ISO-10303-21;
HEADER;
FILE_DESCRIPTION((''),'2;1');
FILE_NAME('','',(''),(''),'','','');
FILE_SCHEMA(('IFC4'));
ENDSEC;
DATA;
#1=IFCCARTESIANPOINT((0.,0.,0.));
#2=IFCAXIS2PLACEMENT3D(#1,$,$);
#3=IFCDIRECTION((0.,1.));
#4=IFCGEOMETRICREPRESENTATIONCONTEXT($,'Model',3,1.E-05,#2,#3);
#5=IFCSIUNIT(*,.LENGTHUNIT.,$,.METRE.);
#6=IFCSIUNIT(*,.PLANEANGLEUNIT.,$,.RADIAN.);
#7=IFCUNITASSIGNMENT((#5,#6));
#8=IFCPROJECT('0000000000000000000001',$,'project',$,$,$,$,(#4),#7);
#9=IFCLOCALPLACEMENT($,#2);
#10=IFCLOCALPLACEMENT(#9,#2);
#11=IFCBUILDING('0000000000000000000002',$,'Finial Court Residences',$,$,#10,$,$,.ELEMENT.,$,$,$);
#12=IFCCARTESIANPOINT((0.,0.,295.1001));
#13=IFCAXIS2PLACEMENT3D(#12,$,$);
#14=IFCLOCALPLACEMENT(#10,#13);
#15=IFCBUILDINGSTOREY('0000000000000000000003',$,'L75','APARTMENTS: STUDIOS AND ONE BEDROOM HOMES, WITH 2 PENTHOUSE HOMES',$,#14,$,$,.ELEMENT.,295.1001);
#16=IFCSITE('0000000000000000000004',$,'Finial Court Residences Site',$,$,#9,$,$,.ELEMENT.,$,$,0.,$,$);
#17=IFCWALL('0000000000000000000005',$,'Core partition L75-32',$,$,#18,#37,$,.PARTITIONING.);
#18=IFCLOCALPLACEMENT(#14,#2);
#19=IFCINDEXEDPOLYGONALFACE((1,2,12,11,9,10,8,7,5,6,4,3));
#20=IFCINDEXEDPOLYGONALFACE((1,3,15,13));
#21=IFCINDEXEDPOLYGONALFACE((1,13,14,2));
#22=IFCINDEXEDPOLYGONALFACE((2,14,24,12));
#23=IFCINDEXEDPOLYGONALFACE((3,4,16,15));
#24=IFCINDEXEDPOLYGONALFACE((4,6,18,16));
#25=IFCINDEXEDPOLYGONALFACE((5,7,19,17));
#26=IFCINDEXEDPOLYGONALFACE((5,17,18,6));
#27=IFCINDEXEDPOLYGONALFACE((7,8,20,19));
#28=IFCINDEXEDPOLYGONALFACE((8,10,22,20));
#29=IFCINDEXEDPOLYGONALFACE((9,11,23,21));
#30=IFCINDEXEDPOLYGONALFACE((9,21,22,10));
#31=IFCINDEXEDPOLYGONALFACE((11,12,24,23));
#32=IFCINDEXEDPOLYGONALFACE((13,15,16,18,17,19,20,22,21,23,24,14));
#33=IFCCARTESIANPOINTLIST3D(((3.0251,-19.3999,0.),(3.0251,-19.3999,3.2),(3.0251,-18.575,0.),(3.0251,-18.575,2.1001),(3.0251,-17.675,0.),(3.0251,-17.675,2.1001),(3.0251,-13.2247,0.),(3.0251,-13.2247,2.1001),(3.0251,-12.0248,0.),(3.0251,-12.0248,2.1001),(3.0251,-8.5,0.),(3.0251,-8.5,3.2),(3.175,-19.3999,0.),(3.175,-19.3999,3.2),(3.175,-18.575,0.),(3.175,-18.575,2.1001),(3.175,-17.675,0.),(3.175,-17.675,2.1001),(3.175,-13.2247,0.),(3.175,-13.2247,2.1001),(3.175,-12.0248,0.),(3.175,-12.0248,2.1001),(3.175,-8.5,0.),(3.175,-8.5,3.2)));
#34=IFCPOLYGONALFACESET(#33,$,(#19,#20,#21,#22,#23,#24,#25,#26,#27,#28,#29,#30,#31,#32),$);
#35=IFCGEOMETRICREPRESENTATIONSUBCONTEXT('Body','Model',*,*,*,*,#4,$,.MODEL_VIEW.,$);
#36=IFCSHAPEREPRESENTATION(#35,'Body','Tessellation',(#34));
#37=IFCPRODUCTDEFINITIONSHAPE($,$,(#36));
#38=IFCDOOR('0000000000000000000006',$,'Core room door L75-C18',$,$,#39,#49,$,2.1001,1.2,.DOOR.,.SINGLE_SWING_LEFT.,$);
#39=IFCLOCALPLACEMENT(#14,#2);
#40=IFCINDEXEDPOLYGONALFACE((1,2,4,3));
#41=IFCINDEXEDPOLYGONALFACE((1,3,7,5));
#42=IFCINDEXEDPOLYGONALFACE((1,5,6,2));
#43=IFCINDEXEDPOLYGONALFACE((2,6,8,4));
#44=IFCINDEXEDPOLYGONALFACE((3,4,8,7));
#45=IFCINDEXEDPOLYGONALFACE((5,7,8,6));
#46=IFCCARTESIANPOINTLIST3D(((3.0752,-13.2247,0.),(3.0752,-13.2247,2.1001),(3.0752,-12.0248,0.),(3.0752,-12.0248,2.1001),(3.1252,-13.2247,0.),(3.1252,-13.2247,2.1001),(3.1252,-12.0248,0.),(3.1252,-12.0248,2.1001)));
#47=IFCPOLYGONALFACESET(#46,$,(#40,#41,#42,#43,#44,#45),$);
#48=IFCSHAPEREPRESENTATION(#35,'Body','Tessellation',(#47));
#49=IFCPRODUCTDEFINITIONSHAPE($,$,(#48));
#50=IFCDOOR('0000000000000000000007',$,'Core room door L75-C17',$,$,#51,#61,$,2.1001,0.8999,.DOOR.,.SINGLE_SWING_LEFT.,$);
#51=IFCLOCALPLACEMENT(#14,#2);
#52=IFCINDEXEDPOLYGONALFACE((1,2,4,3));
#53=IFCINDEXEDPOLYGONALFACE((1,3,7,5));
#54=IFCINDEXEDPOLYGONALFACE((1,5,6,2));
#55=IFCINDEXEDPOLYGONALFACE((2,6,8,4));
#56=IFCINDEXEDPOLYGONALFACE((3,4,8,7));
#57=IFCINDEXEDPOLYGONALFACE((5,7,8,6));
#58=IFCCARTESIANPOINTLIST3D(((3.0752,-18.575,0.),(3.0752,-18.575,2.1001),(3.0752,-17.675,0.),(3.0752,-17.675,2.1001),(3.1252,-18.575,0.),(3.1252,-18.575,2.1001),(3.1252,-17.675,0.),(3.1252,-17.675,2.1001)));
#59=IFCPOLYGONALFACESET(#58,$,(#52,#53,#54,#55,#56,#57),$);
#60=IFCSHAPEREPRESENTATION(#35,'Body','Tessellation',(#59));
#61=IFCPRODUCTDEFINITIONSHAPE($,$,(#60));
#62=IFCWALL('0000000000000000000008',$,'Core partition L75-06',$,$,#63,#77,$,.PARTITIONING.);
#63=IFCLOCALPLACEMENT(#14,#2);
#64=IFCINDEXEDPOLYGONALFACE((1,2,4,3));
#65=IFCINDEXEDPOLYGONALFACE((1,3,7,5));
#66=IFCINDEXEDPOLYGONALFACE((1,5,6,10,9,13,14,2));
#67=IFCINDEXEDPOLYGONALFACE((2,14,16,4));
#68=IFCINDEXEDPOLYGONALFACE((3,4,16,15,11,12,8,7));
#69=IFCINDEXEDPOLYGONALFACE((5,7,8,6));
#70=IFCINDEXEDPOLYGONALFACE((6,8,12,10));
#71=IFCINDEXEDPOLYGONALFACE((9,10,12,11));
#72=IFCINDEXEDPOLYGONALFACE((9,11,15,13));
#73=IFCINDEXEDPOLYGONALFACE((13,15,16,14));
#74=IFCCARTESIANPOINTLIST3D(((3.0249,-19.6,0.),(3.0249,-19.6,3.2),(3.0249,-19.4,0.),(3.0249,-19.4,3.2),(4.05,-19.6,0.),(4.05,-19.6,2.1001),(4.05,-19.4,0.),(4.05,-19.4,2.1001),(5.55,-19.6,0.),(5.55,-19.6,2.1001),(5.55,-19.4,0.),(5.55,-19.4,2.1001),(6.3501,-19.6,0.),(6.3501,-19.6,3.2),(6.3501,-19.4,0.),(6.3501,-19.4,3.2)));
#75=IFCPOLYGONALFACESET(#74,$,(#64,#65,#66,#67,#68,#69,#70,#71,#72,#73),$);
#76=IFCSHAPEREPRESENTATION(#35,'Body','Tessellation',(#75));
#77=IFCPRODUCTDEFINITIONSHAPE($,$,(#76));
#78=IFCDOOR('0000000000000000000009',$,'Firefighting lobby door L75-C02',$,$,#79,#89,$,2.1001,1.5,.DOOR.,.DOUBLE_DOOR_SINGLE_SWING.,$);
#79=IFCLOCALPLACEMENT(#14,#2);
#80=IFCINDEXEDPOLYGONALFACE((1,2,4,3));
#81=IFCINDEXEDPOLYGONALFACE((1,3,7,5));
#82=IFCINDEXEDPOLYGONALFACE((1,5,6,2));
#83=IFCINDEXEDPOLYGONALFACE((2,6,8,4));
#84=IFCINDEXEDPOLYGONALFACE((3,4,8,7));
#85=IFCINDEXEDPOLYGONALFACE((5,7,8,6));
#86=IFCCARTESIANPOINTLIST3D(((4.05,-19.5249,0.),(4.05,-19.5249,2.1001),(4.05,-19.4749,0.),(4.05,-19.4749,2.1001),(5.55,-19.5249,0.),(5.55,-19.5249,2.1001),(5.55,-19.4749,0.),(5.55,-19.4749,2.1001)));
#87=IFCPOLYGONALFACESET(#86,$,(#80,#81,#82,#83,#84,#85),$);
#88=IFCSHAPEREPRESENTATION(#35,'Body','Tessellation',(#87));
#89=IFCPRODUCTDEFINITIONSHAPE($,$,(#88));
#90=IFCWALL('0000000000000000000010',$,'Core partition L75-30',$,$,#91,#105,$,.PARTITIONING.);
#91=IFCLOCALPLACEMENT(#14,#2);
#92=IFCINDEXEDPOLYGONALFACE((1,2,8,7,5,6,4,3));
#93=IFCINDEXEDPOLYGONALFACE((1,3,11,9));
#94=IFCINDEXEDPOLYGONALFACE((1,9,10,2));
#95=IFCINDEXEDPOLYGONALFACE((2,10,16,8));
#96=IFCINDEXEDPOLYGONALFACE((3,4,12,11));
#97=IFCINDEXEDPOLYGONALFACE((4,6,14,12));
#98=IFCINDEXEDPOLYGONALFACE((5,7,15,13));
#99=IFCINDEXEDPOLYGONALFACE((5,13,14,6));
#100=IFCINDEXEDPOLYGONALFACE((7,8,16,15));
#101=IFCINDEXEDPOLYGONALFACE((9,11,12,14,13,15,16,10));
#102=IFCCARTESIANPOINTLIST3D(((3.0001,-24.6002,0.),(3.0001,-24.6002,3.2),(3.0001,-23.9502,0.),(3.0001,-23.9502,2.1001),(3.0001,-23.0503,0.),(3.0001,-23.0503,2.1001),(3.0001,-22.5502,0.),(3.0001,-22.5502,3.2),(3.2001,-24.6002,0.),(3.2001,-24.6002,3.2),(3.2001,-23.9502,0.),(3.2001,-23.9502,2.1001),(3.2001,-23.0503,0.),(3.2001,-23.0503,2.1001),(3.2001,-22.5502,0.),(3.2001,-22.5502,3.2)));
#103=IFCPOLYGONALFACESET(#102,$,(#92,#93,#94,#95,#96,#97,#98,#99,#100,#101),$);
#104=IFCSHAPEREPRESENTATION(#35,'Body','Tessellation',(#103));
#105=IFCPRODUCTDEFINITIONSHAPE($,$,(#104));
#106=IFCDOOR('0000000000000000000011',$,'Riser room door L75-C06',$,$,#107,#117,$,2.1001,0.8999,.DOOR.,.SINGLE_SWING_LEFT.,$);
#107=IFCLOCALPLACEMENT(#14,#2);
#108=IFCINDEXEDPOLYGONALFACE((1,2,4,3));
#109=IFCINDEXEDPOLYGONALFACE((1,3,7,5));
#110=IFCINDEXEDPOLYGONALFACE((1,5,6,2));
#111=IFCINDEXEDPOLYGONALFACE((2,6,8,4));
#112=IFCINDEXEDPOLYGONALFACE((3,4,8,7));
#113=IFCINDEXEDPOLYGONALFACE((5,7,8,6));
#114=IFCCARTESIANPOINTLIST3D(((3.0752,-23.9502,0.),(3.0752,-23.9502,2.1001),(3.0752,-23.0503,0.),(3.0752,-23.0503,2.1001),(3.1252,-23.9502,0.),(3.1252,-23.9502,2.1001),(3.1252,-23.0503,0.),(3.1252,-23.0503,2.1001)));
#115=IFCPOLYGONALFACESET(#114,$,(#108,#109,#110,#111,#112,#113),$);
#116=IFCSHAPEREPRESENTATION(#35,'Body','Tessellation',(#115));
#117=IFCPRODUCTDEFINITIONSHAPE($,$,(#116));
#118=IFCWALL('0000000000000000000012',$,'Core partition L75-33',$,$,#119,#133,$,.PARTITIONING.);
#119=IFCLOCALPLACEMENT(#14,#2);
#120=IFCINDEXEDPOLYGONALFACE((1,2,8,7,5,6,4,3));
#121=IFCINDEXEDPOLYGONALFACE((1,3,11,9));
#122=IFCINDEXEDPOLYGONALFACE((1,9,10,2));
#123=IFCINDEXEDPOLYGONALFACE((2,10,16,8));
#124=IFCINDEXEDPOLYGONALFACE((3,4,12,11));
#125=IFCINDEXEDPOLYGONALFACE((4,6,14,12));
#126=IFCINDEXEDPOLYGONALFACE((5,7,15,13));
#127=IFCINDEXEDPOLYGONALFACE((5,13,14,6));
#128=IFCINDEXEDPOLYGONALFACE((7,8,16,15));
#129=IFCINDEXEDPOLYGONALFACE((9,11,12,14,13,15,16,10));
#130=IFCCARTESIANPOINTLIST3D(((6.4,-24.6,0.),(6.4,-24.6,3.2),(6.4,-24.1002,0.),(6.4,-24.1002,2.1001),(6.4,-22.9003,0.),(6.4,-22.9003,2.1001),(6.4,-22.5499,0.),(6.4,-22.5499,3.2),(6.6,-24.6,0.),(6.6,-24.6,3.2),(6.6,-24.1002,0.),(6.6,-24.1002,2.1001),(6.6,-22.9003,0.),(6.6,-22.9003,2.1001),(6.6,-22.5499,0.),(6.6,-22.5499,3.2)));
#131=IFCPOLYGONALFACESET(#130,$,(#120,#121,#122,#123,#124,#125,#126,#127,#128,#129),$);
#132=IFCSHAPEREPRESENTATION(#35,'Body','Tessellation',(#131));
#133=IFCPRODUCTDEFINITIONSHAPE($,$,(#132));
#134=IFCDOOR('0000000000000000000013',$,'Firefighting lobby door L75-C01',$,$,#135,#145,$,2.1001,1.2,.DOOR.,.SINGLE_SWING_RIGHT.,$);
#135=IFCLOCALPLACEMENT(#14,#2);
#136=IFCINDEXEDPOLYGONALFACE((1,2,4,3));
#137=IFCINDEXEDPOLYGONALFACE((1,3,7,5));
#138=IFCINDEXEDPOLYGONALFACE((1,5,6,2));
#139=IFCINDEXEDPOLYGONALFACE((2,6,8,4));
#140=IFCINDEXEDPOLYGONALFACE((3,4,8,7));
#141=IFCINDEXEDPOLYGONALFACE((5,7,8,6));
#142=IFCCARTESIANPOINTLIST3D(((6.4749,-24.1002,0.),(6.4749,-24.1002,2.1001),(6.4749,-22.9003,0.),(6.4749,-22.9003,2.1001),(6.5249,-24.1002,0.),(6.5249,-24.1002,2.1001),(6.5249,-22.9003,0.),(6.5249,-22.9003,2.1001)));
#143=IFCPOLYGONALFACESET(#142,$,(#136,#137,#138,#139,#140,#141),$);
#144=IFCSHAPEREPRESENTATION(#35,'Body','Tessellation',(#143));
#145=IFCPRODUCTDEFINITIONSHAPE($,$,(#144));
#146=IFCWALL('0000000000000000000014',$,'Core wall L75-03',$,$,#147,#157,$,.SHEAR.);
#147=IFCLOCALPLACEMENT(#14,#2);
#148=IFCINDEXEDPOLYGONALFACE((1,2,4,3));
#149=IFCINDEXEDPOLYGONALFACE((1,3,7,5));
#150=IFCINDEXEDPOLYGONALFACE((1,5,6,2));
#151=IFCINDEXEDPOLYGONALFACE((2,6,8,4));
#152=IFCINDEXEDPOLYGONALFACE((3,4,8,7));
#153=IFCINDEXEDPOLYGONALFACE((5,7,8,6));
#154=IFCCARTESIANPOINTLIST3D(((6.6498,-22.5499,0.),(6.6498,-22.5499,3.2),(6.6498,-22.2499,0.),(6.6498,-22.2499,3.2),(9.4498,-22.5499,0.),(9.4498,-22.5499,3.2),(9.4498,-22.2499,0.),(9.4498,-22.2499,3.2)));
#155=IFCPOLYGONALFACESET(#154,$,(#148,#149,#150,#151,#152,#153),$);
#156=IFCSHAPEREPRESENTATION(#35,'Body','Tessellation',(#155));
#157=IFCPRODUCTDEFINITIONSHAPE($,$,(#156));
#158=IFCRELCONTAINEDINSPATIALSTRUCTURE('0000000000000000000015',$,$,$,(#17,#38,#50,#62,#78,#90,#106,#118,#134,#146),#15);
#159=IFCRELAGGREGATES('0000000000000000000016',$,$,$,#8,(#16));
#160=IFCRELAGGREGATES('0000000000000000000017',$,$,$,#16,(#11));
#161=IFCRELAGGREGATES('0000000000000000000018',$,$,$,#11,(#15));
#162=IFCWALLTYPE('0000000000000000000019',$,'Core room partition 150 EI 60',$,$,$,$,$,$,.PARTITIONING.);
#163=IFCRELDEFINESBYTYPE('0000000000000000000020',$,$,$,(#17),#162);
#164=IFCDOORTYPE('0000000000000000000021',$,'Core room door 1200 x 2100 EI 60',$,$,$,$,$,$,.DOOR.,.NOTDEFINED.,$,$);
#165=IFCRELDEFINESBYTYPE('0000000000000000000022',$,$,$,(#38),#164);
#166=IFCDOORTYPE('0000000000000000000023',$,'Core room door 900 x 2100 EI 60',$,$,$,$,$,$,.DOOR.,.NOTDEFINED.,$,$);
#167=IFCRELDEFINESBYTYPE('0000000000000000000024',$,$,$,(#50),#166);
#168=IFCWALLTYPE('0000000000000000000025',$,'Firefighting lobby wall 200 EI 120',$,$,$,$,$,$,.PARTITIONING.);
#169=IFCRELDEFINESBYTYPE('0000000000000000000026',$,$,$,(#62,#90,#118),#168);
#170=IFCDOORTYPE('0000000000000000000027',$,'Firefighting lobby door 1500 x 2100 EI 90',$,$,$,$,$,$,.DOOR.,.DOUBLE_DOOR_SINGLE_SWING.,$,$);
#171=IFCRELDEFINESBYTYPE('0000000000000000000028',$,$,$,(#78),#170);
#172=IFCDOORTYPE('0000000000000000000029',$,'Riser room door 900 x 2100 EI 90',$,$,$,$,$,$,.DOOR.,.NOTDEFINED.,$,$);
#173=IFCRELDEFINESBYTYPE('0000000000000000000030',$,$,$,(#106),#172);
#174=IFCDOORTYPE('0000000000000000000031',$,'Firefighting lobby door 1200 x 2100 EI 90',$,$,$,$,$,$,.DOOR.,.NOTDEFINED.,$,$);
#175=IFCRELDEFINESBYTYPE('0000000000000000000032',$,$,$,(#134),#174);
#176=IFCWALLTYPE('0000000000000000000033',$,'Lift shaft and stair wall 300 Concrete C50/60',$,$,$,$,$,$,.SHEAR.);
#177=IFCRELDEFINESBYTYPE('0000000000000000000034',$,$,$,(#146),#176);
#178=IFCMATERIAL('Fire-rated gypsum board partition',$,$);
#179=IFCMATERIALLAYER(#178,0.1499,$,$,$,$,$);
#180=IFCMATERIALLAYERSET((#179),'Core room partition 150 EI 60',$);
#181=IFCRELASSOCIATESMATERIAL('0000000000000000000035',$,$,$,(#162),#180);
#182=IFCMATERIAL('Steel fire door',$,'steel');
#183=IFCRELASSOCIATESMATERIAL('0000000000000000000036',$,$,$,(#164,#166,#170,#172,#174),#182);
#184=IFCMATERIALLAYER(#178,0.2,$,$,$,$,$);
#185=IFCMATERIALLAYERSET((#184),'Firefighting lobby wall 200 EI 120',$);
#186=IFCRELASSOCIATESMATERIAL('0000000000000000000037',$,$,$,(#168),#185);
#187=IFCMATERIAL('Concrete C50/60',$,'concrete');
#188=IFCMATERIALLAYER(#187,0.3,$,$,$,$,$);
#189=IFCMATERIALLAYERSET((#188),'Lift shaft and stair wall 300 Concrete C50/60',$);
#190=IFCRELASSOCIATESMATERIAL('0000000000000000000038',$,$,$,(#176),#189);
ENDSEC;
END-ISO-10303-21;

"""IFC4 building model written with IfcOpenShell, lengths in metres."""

from ifc_helpers import new_model, si_unit, direction, frame, frame_2d, origin, place, context, subcontext, project, spatial, rectangle, extrude, material, layer, layer_set, type_object, element, fill, save


model = new_model("IFC4")

# Units and contexts
model_context = context("Model", 3, precision=1e-05, world=origin(), true_north=direction((0.0, 1.0)))
body_context = subcontext(model_context, "Body", "Model", "MODEL_VIEW")
ifc_project = project(units=[si_unit("LENGTHUNIT", "METRE"), si_unit("PLANEANGLEUNIT", "RADIAN")], contexts=[model_context])

# Site, building, storey
site_placement = place(None, origin())
site = spatial("IfcSite", under=ifc_project, at=site_placement, Name="Finial Court Residences Site", CompositionType="ELEMENT", RefElevation=0.0)
building_placement = place(site_placement, origin())
building = spatial("IfcBuilding", under=site, at=building_placement, Name="Finial Court Residences", CompositionType="ELEMENT")
storey_placement = place(building_placement, frame((0.0, 0.0, 295.1001)))
storey = spatial("IfcBuildingStorey", under=building, at=storey_placement, Name="L75", Description="APARTMENTS: STUDIOS AND ONE BEDROOM HOMES, WITH 2 PENTHOUSE HOMES", CompositionType="ELEMENT", Elevation=295.1001)

# Wall, openings, doors
ifc_material_1 = material(Name="Fire-rated gypsum board partition")
ifc_layer_1 = layer(ifc_material_1, 0.1499)
ifc_layer_set_1 = layer_set([ifc_layer_1], Name="Core room partition 150 EI 60")
wall_type_1 = type_object("IfcWallType", Name="Core room partition 150 EI 60", PredefinedType="PARTITIONING", material=ifc_layer_set_1)
wall_1_placement = place(storey_placement, frame((3.1001, -19.3999, 0.0), z_axis=(0.0, 0.0, 1.0), x_axis=(0.0, 1.0, 0.0)))
wall_1 = element("IfcWall", 1, at=wall_1_placement, inside=storey, type_object=wall_type_1, Name="Core partition L75-32", PredefinedType="PARTITIONING", context=body_context, shape_type="SweptSolid", body=[
    extrude(rectangle(XDim=10.8999, YDim=0.1499, at=frame_2d((5.45, 0.0))), origin(), (0.0, 0.0, 1.0), 3.2),
])
opening_1_placement = place(wall_1_placement, frame((0.825, 0.0, 0.0)))
opening_1 = element("IfcOpeningElement", 2, at=opening_1_placement, cuts=wall_1, PredefinedType="OPENING", context=body_context, shape_type="SweptSolid", body=[
    extrude(rectangle(XDim=0.8999, YDim=2.1001, at=frame_2d((0.45, 1.05))), frame((0.0, 0.085, 0.0), z_axis=(0.0, -1.0, 0.0), x_axis=(1.0, 0.0, 0.0)), (0.0, 0.0, 1.0), 0.1699),
])
opening_2_placement = place(wall_1_placement, frame((6.175, 0.0, 0.0)))
opening_2 = element("IfcOpeningElement", 3, at=opening_2_placement, cuts=wall_1, PredefinedType="OPENING", context=body_context, shape_type="SweptSolid", body=[
    extrude(rectangle(XDim=1.2, YDim=2.1001, at=frame_2d((0.6001, 1.05))), frame((0.0, 0.085, 0.0), z_axis=(0.0, -1.0, 0.0), x_axis=(1.0, 0.0, 0.0)), (0.0, 0.0, 1.0), 0.1699),
])
ifc_material_2 = material(Name="Steel fire door", Category="steel")
door_type_1 = type_object("IfcDoorType", Name="Core room door 1200 x 2100 EI 60", OperationType="NOTDEFINED", PredefinedType="DOOR", material=ifc_material_2)
door_1_placement = place(opening_2_placement, origin())
door_1 = element("IfcDoor", 4, at=door_1_placement, inside=storey, type_object=door_type_1, Name="Core room door L75-C18", OperationType="SINGLE_SWING_LEFT", OverallHeight=2.1001, OverallWidth=1.2, PredefinedType="DOOR", context=body_context, shape_type="SweptSolid", body=[
    extrude(rectangle(XDim=1.2, YDim=2.1001, at=frame_2d((0.6001, 1.05))), frame((0.0, 0.0249, 0.0), z_axis=(0.0, -1.0, 0.0), x_axis=(1.0, 0.0, 0.0)), (0.0, 0.0, 1.0), 0.05),
])
fill(opening_2, door_1)
door_type_2 = type_object("IfcDoorType", Name="Core room door 900 x 2100 EI 60", OperationType="NOTDEFINED", PredefinedType="DOOR", material=ifc_material_2)
door_2_placement = place(opening_1_placement, origin())
door_2 = element("IfcDoor", 5, at=door_2_placement, inside=storey, type_object=door_type_2, Name="Core room door L75-C17", OperationType="SINGLE_SWING_LEFT", OverallHeight=2.1001, OverallWidth=0.8999, PredefinedType="DOOR", context=body_context, shape_type="SweptSolid", body=[
    extrude(rectangle(XDim=0.8999, YDim=2.1001, at=frame_2d((0.45, 1.05))), frame((0.0, 0.0249, 0.0), z_axis=(0.0, -1.0, 0.0), x_axis=(1.0, 0.0, 0.0)), (0.0, 0.0, 1.0), 0.05),
])
fill(opening_1, door_2)

# Walls, openings, doors
ifc_layer_2 = layer(ifc_material_1, 0.2)
ifc_layer_set_2 = layer_set([ifc_layer_2], Name="Firefighting lobby wall 200 EI 120")
wall_type_2 = type_object("IfcWallType", Name="Firefighting lobby wall 200 EI 120", PredefinedType="PARTITIONING", material=ifc_layer_set_2)
wall_2_placement = place(storey_placement, frame((6.3501, -19.5, 0.0), z_axis=(0.0, 0.0, 1.0), x_axis=(-1.0, 0.0, 0.0)))
wall_2 = element("IfcWall", 6, at=wall_2_placement, inside=storey, type_object=wall_type_2, Name="Core partition L75-06", PredefinedType="PARTITIONING", context=body_context, shape_type="SweptSolid", body=[
    extrude(rectangle(XDim=3.3252, YDim=0.2, at=frame_2d((1.6626, 0.0))), origin(), (0.0, 0.0, 1.0), 3.2),
])
opening_3_placement = place(wall_2_placement, frame((0.8, 0.0, 0.0)))
opening_3 = element("IfcOpeningElement", 7, at=opening_3_placement, cuts=wall_2, PredefinedType="OPENING", context=body_context, shape_type="SweptSolid", body=[
    extrude(rectangle(XDim=1.5, YDim=2.1001, at=frame_2d((0.75, 1.05))), frame((0.0, 0.1099, 0.0), z_axis=(0.0, -1.0, 0.0), x_axis=(1.0, 0.0, 0.0)), (0.0, 0.0, 1.0), 0.22),
])
door_type_3 = type_object("IfcDoorType", Name="Firefighting lobby door 1500 x 2100 EI 90", OperationType="DOUBLE_DOOR_SINGLE_SWING", PredefinedType="DOOR", material=ifc_material_2)
door_3_placement = place(opening_3_placement, origin())
door_3 = element("IfcDoor", 8, at=door_3_placement, inside=storey, type_object=door_type_3, Name="Firefighting lobby door L75-C02", OperationType="DOUBLE_DOOR_SINGLE_SWING", OverallHeight=2.1001, OverallWidth=1.5, PredefinedType="DOOR", context=body_context, shape_type="SweptSolid", body=[
    extrude(rectangle(XDim=1.5, YDim=2.1001, at=frame_2d((0.75, 1.05))), frame((0.0, 0.0249, 0.0), z_axis=(0.0, -1.0, 0.0), x_axis=(1.0, 0.0, 0.0)), (0.0, 0.0, 1.0), 0.05),
])
fill(opening_3, door_3)
wall_3_placement = place(storey_placement, frame((3.1001, -24.6001, 0.0), z_axis=(0.0, 0.0, 1.0), x_axis=(0.0, 1.0, 0.0)))
wall_3 = element("IfcWall", 9, at=wall_3_placement, inside=storey, type_object=wall_type_2, Name="Core partition L75-30", PredefinedType="PARTITIONING", context=body_context, shape_type="SweptSolid", body=[
    extrude(rectangle(XDim=2.05, YDim=0.2, at=frame_2d((1.0249, 0.0))), origin(), (0.0, 0.0, 1.0), 3.2),
])
opening_4_placement = place(wall_3_placement, frame((0.6499, 0.0, 0.0)))
opening_4 = element("IfcOpeningElement", 10, at=opening_4_placement, cuts=wall_3, PredefinedType="OPENING", context=body_context, shape_type="SweptSolid", body=[
    extrude(rectangle(XDim=0.8999, YDim=2.1001, at=frame_2d((0.45, 1.05))), frame((0.0, 0.1099, 0.0), z_axis=(0.0, -1.0, 0.0), x_axis=(1.0, 0.0, 0.0)), (0.0, 0.0, 1.0), 0.22),
])
door_type_4 = type_object("IfcDoorType", Name="Riser room door 900 x 2100 EI 90", OperationType="NOTDEFINED", PredefinedType="DOOR", material=ifc_material_2)
door_4_placement = place(opening_4_placement, origin())
door_4 = element("IfcDoor", 11, at=door_4_placement, inside=storey, type_object=door_type_4, Name="Riser room door L75-C06", OperationType="SINGLE_SWING_LEFT", OverallHeight=2.1001, OverallWidth=0.8999, PredefinedType="DOOR", context=body_context, shape_type="SweptSolid", body=[
    extrude(rectangle(XDim=0.8999, YDim=2.1001, at=frame_2d((0.45, 1.05))), frame((0.0, 0.0249, 0.0), z_axis=(0.0, -1.0, 0.0), x_axis=(1.0, 0.0, 0.0)), (0.0, 0.0, 1.0), 0.05),
])
fill(opening_4, door_4)
wall_4_placement = place(storey_placement, frame((6.5, -22.55, 0.0), z_axis=(0.0, 0.0, 1.0), x_axis=(0.0, -1.0, 0.0)))
wall_4 = element("IfcWall", 12, at=wall_4_placement, inside=storey, type_object=wall_type_2, Name="Core partition L75-33", PredefinedType="PARTITIONING", context=body_context, shape_type="SweptSolid", body=[
    extrude(rectangle(XDim=2.05, YDim=0.2, at=frame_2d((1.0249, 0.0))), origin(), (0.0, 0.0, 1.0), 3.2),
])
opening_5_placement = place(wall_4_placement, frame((0.3501, 0.0, 0.0)))
opening_5 = element("IfcOpeningElement", 13, at=opening_5_placement, cuts=wall_4, PredefinedType="OPENING", context=body_context, shape_type="SweptSolid", body=[
    extrude(rectangle(XDim=1.2, YDim=2.1001, at=frame_2d((0.6001, 1.05))), frame((0.0, 0.1099, 0.0), z_axis=(0.0, -1.0, 0.0), x_axis=(1.0, 0.0, 0.0)), (0.0, 0.0, 1.0), 0.22),
])
door_type_5 = type_object("IfcDoorType", Name="Firefighting lobby door 1200 x 2100 EI 90", OperationType="NOTDEFINED", PredefinedType="DOOR", material=ifc_material_2)
door_5_placement = place(opening_5_placement, origin())
door_5 = element("IfcDoor", 14, at=door_5_placement, inside=storey, type_object=door_type_5, Name="Firefighting lobby door L75-C01", OperationType="SINGLE_SWING_RIGHT", OverallHeight=2.1001, OverallWidth=1.2, PredefinedType="DOOR", context=body_context, shape_type="SweptSolid", body=[
    extrude(rectangle(XDim=1.2, YDim=2.1001, at=frame_2d((0.6001, 1.05))), frame((0.0, 0.0249, 0.0), z_axis=(0.0, -1.0, 0.0), x_axis=(1.0, 0.0, 0.0)), (0.0, 0.0, 1.0), 0.05),
])
fill(opening_5, door_5)

# Wall
ifc_material_3 = material(Name="Concrete C50/60", Category="concrete")
ifc_layer_3 = layer(ifc_material_3, 0.3)
ifc_layer_set_3 = layer_set([ifc_layer_3], Name="Lift shaft and stair wall 300 Concrete C50/60")
wall_type_3 = type_object("IfcWallType", Name="Lift shaft and stair wall 300 Concrete C50/60", PredefinedType="SHEAR", material=ifc_layer_set_3)
wall_5_placement = place(storey_placement, frame((6.6499, -22.3999, 0.0), z_axis=(0.0, 0.0, 1.0), x_axis=(1.0, 0.0, 0.0)))
element("IfcWall", 15, at=wall_5_placement, inside=storey, type_object=wall_type_3, Name="Core wall L75-03", PredefinedType="SHEAR", context=body_context, shape_type="SweptSolid", body=[
    extrude(rectangle(XDim=2.8, YDim=0.3, at=frame_2d((1.3999, 0.0))), origin(), (0.0, 0.0, 1.0), 3.2),
])

save(model, "model.ifc")
